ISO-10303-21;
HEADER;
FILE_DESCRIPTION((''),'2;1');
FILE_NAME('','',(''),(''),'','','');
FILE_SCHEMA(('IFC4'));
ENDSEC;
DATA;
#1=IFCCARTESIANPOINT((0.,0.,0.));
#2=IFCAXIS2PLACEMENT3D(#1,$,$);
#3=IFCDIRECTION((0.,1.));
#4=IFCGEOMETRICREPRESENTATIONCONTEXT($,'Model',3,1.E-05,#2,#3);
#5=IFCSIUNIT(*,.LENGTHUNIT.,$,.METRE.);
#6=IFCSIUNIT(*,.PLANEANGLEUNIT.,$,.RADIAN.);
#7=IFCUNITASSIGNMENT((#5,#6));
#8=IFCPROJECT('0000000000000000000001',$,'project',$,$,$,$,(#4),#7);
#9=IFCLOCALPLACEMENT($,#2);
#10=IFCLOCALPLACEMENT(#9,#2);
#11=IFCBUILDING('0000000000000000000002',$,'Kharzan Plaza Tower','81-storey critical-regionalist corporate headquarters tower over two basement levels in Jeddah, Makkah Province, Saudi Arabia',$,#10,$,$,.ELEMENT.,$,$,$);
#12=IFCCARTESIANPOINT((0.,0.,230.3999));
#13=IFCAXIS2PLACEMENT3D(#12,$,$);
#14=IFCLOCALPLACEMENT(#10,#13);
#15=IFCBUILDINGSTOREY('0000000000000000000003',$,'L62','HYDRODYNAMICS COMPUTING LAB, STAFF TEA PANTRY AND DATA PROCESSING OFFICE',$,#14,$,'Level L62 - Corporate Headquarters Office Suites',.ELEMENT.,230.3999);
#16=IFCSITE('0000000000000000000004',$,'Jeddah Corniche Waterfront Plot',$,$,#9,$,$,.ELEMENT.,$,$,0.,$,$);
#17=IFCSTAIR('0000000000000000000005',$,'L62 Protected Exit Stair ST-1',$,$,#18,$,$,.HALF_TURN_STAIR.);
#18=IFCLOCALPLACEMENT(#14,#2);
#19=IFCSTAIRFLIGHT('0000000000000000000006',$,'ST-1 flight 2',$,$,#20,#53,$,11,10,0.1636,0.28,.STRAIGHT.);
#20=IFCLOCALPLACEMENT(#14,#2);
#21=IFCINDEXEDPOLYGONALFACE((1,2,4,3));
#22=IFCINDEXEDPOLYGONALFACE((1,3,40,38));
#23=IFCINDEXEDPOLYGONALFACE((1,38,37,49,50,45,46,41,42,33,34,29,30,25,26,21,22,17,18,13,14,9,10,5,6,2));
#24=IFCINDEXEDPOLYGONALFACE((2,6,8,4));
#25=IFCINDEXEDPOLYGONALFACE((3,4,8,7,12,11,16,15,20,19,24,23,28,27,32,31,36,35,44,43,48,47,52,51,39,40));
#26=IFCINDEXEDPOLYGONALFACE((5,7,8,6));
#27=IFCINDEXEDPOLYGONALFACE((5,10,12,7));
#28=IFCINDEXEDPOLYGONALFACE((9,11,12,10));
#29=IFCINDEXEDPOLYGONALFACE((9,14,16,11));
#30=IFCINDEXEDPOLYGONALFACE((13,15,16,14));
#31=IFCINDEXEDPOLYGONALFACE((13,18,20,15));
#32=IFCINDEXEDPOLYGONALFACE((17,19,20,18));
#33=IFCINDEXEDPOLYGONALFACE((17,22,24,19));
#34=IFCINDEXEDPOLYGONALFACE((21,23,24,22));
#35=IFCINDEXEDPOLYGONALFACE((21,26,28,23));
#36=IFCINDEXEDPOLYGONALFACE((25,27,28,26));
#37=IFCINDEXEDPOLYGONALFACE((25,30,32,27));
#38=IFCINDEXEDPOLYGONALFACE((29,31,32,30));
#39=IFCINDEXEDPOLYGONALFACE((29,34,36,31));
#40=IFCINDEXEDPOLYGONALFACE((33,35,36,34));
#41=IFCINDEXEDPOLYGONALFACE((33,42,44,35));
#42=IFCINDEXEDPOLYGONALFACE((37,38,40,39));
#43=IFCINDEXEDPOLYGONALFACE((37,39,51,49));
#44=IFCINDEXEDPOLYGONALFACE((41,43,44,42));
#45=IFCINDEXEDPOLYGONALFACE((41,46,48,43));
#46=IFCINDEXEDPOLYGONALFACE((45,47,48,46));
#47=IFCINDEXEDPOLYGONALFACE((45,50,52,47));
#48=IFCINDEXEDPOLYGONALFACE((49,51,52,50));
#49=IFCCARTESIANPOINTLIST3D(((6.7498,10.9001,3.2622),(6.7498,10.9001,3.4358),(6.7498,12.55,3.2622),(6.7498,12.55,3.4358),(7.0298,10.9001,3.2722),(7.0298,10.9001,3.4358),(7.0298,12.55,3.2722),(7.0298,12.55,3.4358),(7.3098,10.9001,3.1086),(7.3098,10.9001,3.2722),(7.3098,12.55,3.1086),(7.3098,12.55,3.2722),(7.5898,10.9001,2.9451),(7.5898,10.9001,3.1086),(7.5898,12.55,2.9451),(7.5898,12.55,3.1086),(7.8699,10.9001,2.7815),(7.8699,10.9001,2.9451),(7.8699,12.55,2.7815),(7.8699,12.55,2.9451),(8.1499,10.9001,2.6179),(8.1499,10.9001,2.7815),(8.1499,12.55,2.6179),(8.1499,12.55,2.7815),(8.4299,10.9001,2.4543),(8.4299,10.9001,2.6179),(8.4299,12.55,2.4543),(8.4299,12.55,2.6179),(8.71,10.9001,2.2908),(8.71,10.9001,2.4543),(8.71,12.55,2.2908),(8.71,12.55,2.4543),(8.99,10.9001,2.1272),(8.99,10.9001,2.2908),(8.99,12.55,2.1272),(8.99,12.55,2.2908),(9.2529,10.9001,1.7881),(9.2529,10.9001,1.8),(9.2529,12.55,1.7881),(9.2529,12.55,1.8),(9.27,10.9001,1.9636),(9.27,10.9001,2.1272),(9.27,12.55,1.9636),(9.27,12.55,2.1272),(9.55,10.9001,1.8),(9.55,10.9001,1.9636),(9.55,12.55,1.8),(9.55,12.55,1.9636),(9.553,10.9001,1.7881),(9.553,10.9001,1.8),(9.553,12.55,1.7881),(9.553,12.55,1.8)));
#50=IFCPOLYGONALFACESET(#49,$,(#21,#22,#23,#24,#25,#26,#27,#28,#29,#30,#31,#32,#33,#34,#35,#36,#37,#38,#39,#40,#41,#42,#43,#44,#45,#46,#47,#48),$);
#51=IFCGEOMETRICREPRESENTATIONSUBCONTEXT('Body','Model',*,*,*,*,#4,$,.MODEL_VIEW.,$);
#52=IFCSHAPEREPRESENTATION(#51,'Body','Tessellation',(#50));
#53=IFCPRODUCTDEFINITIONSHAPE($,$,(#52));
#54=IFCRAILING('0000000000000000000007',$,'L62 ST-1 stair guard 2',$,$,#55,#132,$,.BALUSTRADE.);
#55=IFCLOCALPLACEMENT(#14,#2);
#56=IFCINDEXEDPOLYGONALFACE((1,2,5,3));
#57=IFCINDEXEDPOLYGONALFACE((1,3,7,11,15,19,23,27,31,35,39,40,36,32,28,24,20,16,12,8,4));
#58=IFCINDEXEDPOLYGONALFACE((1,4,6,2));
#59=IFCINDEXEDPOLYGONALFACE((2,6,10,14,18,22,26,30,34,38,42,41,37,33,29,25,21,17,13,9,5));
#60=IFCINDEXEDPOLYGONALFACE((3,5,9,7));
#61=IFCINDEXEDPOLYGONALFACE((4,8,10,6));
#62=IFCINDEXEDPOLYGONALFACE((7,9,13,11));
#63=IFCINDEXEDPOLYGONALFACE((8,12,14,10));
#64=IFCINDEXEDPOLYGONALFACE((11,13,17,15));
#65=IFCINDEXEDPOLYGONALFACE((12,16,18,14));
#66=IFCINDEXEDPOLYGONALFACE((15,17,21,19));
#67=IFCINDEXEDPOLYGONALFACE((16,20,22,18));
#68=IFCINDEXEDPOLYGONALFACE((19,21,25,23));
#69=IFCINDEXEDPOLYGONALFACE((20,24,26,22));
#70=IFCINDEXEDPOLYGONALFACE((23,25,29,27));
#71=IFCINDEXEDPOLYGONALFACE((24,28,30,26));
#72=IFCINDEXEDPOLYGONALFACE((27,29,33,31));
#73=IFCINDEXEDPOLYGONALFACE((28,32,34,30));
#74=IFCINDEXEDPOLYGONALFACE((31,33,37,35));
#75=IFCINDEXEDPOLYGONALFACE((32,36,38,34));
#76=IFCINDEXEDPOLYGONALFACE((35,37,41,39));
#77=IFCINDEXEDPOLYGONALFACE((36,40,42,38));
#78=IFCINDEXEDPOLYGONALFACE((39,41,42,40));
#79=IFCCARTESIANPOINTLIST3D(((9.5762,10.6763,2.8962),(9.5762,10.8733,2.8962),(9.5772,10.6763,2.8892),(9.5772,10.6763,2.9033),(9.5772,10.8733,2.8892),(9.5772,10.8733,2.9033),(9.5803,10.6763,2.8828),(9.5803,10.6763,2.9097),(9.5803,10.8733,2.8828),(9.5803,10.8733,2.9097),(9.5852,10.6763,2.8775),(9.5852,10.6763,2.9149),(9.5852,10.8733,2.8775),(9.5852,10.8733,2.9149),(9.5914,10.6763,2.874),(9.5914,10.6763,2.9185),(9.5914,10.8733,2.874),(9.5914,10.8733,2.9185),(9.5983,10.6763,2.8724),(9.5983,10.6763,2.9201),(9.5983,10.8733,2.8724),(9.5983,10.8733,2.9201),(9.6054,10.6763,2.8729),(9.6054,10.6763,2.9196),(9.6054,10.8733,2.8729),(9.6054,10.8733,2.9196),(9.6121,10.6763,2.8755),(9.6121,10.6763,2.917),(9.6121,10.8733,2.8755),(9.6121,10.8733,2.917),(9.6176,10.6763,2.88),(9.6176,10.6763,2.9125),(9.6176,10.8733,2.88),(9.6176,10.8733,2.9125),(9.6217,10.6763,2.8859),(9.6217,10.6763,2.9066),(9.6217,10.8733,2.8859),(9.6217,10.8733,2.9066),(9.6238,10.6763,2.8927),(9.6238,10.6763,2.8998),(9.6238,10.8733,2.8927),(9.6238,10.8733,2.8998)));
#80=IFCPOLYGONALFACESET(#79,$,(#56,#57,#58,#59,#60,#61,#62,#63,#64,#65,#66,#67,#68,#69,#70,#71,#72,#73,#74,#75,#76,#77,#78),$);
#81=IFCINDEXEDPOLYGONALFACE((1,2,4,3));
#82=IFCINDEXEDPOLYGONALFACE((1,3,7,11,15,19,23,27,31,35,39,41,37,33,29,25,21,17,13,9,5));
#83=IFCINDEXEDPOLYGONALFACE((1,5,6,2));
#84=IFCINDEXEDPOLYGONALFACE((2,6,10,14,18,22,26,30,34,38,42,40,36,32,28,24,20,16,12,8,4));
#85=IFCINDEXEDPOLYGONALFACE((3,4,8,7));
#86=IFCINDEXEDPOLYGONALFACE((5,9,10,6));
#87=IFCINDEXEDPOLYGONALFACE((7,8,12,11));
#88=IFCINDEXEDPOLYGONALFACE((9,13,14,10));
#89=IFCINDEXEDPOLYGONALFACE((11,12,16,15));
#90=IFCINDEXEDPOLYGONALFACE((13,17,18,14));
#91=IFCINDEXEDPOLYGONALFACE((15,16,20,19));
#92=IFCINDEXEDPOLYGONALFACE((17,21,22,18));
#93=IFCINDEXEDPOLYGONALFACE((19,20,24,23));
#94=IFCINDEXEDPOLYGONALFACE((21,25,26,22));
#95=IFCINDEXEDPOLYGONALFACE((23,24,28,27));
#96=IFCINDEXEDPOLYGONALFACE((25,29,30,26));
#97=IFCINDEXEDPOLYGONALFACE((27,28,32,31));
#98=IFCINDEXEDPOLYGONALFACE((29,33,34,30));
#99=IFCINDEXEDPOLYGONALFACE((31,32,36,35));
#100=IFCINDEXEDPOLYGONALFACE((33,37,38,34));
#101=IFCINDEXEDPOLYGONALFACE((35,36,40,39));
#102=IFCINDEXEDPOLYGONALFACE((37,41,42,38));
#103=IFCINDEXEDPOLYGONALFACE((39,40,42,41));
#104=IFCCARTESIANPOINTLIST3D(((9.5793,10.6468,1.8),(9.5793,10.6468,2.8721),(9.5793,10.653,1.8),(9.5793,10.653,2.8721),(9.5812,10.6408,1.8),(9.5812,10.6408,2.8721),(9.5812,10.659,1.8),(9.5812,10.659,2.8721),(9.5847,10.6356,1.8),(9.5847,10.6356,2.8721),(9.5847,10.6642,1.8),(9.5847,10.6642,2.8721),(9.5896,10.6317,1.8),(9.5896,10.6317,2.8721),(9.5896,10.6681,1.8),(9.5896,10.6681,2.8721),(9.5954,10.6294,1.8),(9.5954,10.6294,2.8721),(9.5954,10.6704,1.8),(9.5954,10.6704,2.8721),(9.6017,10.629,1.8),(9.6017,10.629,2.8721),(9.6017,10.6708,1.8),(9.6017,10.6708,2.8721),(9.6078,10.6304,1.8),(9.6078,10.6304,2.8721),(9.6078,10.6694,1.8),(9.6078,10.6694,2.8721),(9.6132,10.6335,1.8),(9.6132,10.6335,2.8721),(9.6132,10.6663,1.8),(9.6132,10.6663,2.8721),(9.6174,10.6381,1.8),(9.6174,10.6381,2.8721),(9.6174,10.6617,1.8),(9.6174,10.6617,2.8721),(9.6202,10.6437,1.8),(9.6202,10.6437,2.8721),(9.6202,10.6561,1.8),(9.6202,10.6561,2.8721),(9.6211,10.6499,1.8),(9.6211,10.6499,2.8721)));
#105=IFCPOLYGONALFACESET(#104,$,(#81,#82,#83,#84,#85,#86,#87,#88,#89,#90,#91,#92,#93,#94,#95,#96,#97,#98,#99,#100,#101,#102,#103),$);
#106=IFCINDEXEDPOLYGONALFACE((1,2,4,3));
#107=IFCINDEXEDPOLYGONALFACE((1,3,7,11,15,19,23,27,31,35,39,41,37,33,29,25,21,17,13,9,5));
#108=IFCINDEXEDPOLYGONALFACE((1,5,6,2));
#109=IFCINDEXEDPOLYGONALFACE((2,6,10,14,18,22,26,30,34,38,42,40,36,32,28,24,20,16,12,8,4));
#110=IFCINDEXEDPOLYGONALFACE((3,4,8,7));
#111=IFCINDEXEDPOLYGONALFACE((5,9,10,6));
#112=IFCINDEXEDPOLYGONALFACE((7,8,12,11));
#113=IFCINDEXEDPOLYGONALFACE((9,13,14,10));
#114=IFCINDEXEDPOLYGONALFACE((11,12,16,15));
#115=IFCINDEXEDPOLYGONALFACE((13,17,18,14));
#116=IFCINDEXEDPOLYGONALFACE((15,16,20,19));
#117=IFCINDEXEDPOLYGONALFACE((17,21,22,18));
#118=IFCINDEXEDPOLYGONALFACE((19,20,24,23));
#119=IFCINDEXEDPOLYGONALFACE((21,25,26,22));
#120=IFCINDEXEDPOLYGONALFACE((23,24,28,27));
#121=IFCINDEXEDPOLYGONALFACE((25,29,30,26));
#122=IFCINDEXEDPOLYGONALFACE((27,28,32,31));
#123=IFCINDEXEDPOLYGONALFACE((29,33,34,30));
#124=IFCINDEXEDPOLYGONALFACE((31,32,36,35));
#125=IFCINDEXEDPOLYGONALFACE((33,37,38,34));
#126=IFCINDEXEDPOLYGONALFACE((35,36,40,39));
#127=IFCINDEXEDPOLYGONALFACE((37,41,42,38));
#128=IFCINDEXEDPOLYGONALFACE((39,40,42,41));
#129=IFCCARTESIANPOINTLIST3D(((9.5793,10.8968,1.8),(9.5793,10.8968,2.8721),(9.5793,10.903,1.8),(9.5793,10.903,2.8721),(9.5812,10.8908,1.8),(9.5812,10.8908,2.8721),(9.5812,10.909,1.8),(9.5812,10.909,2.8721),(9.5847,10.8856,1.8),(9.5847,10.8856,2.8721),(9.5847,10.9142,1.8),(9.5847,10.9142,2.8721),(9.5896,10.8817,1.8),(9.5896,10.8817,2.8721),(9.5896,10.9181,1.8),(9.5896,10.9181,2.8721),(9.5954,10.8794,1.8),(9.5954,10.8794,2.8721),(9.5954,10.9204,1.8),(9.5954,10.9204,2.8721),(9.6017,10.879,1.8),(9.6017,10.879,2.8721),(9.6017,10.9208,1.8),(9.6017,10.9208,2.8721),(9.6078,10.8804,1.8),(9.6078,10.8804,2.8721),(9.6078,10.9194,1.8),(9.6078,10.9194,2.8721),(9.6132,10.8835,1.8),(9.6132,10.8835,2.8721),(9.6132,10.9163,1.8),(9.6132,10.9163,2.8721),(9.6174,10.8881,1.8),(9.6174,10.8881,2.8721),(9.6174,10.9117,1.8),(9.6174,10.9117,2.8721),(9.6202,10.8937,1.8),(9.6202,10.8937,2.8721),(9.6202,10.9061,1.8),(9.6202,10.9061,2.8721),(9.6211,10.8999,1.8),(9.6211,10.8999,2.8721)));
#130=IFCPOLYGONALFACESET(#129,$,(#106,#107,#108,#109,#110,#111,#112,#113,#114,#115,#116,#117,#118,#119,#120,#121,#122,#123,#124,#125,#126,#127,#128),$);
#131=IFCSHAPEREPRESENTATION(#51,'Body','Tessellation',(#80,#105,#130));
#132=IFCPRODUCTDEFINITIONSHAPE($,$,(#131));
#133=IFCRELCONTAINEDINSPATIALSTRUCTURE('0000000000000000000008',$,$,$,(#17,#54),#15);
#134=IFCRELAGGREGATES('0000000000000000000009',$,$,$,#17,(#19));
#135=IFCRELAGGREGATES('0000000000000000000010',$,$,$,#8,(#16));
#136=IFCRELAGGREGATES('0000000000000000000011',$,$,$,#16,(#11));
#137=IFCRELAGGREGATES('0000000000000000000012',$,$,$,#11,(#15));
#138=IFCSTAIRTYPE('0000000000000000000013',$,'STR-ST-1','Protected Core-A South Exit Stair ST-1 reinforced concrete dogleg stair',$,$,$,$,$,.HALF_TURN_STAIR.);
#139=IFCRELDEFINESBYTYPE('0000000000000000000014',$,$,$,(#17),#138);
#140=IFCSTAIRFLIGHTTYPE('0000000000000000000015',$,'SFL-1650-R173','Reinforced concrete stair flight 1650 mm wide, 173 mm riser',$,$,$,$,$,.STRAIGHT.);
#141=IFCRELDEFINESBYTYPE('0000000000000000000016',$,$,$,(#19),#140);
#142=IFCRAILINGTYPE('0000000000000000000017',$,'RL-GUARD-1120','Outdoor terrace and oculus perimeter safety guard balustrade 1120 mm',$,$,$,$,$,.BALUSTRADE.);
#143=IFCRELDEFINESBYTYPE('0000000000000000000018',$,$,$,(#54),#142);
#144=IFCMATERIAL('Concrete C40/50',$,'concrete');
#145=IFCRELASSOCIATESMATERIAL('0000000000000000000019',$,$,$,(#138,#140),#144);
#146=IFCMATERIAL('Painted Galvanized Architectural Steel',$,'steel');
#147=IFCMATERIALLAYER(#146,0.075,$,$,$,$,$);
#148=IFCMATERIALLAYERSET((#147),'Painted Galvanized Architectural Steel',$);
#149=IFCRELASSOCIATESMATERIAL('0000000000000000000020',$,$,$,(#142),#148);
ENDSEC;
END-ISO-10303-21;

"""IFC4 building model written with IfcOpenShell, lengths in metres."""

from ifc_helpers import new_model, si_unit, direction, frame, origin, origin_2d, place, context, subcontext, project, spatial, polyline, circle, outline, extrude, source, transform, mapped, material, layer, layer_set, type_object, element, aggregate, save


model = new_model("IFC4")

# Units and contexts
model_context = context("Model", 3, precision=1e-05, world=origin(), true_north=direction((0.0, 1.0)))
body_context = subcontext(model_context, "Body", "Model", "MODEL_VIEW")
ifc_project = project(units=[si_unit("LENGTHUNIT", "METRE"), si_unit("PLANEANGLEUNIT", "RADIAN")], contexts=[model_context])

# Site, building, storey
site_placement = place(None, origin())
site = spatial("IfcSite", under=ifc_project, at=site_placement, Name="Jeddah Corniche Waterfront Plot", CompositionType="ELEMENT", RefElevation=0.0)
building_placement = place(site_placement, origin())
building = spatial("IfcBuilding", under=site, at=building_placement, Name="Kharzan Plaza Tower", Description="81-storey critical-regionalist corporate headquarters tower over two basement levels in Jeddah, Makkah Province, Saudi Arabia", CompositionType="ELEMENT")
storey_placement = place(building_placement, frame((0.0, 0.0, 230.3999)))
storey = spatial("IfcBuildingStorey", under=building, at=storey_placement, Name="L62", Description="HYDRODYNAMICS COMPUTING LAB, STAFF TEA PANTRY AND DATA PROCESSING OFFICE", LongName="Level L62 - Corporate Headquarters Office Suites", CompositionType="ELEMENT", Elevation=230.3999)

# Shared definitions
ifc_material_1 = material(Name="Concrete C40/50", Category="concrete")

# Stair, stair flight
stair_type = type_object("IfcStairType", Name="STR-ST-1", Description="Protected Core-A South Exit Stair ST-1 reinforced concrete dogleg stair", PredefinedType="HALF_TURN_STAIR", material=ifc_material_1)
stair_placement = place(storey_placement, origin())
stair = element("IfcStair", 1, at=stair_placement, inside=storey, type_object=stair_type, Name="L62 Protected Exit Stair ST-1", PredefinedType="HALF_TURN_STAIR")
stair_flight_type = type_object("IfcStairFlightType", Name="SFL-1650-R173", Description="Reinforced concrete stair flight 1650 mm wide, 173 mm riser", PredefinedType="STRAIGHT", material=ifc_material_1)
shared_shape_1 = source(origin(), body_context, "Body", "SweptSolid", [
    extrude(outline(polyline([(-0.0029, -0.012), (-0.0029, 0.0), (0.0, 0.0), (0.0, 0.1636), (0.28, 0.1636), (0.28, 0.3271), (0.5601, 0.3271), (0.5601, 0.4907), (0.8401, 0.4907), (0.8401, 0.6543), (1.1201, 0.6543), (1.1201, 0.8179), (1.4001, 0.8179), (1.4001, 0.9814), (1.6802, 0.9814), (1.6802, 1.145), (1.9602, 1.145), (1.9602, 1.3086), (2.2402, 1.3086), (2.2402, 1.4722), (2.5203, 1.4722), (2.5203, 1.6357), (2.8003, 1.6357), (2.8003, 1.7993), (2.8003, 1.4622), (0.2971, 0.0), (0.2971, -0.012), (-0.0029, -0.012)])), frame((0.0, 0.825, 0.0), z_axis=(0.0, -1.0, 0.0), x_axis=(1.0, 0.0, 0.0)), (0.0, 0.0, 1.0), 1.6499),
])
stair_flight_placement = place(storey_placement, frame((9.55, 11.7251, 1.8), z_axis=(0.0, 0.0, 1.0), x_axis=(-1.0, 0.0, 0.0)))
stair_flight = element("IfcStairFlight", 2, at=stair_flight_placement, type_object=stair_flight_type, Name="ST-1 flight 2", NumberOfRisers=11, NumberOfTreads=10, PredefinedType="STRAIGHT", RiserHeight=0.1636, TreadLength=0.28, context=body_context, shape_type="MappedRepresentation", body=[
    mapped(shared_shape_1, transform((0.0, 0.0, 0.0), x_axis=(1.0, 0.0, 0.0), y_axis=(0.0, 1.0, 0.0), z_axis=(0.0, 0.0, 1.0))),
])
aggregate(stair, [stair_flight])

# Railing
ifc_material_2 = material(Name="Painted Galvanized Architectural Steel", Category="steel")
ifc_layer_1 = layer(ifc_material_2, 0.075)
ifc_layer_set_1 = layer_set([ifc_layer_1], Name="Painted Galvanized Architectural Steel")
railing_type_1 = type_object("IfcRailingType", Name="RL-GUARD-1120", Description="Outdoor terrace and oculus perimeter safety guard balustrade 1120 mm", PredefinedType="BALUSTRADE", material=ifc_layer_set_1)
shared_shape_2 = source(origin(), body_context, "Body", "SweptSolid", [
    extrude(circle(Radius=0.0239, at=origin_2d()), frame((0.0, 0.0264, 1.0962), z_axis=(0.0, 1.0, 0.0), x_axis=(-1.0, 0.0, 0.0)), (0.0, 0.0, 1.0), 0.197),
    extrude(circle(Radius=0.021, at=origin_2d()), origin(), (0.0, 0.0, 1.0), 1.072),
    extrude(circle(Radius=0.021, at=origin_2d()), frame((0.0, 0.25, 0.0)), (0.0, 0.0, 1.0), 1.072),
])
railing_1_placement = place(storey_placement, frame((9.6001, 10.6499, 1.8)))
element("IfcRailing", 3, at=railing_1_placement, inside=storey, type_object=railing_type_1, Name="L62 ST-1 stair guard 2", PredefinedType="BALUSTRADE", context=body_context, shape_type="MappedRepresentation", body=[
    mapped(shared_shape_2, transform((0.0, 0.0, 0.0), x_axis=(1.0, 0.0, 0.0), y_axis=(0.0, 1.0, 0.0), z_axis=(0.0, 0.0, 1.0))),
])

save(model, "model.ifc")
